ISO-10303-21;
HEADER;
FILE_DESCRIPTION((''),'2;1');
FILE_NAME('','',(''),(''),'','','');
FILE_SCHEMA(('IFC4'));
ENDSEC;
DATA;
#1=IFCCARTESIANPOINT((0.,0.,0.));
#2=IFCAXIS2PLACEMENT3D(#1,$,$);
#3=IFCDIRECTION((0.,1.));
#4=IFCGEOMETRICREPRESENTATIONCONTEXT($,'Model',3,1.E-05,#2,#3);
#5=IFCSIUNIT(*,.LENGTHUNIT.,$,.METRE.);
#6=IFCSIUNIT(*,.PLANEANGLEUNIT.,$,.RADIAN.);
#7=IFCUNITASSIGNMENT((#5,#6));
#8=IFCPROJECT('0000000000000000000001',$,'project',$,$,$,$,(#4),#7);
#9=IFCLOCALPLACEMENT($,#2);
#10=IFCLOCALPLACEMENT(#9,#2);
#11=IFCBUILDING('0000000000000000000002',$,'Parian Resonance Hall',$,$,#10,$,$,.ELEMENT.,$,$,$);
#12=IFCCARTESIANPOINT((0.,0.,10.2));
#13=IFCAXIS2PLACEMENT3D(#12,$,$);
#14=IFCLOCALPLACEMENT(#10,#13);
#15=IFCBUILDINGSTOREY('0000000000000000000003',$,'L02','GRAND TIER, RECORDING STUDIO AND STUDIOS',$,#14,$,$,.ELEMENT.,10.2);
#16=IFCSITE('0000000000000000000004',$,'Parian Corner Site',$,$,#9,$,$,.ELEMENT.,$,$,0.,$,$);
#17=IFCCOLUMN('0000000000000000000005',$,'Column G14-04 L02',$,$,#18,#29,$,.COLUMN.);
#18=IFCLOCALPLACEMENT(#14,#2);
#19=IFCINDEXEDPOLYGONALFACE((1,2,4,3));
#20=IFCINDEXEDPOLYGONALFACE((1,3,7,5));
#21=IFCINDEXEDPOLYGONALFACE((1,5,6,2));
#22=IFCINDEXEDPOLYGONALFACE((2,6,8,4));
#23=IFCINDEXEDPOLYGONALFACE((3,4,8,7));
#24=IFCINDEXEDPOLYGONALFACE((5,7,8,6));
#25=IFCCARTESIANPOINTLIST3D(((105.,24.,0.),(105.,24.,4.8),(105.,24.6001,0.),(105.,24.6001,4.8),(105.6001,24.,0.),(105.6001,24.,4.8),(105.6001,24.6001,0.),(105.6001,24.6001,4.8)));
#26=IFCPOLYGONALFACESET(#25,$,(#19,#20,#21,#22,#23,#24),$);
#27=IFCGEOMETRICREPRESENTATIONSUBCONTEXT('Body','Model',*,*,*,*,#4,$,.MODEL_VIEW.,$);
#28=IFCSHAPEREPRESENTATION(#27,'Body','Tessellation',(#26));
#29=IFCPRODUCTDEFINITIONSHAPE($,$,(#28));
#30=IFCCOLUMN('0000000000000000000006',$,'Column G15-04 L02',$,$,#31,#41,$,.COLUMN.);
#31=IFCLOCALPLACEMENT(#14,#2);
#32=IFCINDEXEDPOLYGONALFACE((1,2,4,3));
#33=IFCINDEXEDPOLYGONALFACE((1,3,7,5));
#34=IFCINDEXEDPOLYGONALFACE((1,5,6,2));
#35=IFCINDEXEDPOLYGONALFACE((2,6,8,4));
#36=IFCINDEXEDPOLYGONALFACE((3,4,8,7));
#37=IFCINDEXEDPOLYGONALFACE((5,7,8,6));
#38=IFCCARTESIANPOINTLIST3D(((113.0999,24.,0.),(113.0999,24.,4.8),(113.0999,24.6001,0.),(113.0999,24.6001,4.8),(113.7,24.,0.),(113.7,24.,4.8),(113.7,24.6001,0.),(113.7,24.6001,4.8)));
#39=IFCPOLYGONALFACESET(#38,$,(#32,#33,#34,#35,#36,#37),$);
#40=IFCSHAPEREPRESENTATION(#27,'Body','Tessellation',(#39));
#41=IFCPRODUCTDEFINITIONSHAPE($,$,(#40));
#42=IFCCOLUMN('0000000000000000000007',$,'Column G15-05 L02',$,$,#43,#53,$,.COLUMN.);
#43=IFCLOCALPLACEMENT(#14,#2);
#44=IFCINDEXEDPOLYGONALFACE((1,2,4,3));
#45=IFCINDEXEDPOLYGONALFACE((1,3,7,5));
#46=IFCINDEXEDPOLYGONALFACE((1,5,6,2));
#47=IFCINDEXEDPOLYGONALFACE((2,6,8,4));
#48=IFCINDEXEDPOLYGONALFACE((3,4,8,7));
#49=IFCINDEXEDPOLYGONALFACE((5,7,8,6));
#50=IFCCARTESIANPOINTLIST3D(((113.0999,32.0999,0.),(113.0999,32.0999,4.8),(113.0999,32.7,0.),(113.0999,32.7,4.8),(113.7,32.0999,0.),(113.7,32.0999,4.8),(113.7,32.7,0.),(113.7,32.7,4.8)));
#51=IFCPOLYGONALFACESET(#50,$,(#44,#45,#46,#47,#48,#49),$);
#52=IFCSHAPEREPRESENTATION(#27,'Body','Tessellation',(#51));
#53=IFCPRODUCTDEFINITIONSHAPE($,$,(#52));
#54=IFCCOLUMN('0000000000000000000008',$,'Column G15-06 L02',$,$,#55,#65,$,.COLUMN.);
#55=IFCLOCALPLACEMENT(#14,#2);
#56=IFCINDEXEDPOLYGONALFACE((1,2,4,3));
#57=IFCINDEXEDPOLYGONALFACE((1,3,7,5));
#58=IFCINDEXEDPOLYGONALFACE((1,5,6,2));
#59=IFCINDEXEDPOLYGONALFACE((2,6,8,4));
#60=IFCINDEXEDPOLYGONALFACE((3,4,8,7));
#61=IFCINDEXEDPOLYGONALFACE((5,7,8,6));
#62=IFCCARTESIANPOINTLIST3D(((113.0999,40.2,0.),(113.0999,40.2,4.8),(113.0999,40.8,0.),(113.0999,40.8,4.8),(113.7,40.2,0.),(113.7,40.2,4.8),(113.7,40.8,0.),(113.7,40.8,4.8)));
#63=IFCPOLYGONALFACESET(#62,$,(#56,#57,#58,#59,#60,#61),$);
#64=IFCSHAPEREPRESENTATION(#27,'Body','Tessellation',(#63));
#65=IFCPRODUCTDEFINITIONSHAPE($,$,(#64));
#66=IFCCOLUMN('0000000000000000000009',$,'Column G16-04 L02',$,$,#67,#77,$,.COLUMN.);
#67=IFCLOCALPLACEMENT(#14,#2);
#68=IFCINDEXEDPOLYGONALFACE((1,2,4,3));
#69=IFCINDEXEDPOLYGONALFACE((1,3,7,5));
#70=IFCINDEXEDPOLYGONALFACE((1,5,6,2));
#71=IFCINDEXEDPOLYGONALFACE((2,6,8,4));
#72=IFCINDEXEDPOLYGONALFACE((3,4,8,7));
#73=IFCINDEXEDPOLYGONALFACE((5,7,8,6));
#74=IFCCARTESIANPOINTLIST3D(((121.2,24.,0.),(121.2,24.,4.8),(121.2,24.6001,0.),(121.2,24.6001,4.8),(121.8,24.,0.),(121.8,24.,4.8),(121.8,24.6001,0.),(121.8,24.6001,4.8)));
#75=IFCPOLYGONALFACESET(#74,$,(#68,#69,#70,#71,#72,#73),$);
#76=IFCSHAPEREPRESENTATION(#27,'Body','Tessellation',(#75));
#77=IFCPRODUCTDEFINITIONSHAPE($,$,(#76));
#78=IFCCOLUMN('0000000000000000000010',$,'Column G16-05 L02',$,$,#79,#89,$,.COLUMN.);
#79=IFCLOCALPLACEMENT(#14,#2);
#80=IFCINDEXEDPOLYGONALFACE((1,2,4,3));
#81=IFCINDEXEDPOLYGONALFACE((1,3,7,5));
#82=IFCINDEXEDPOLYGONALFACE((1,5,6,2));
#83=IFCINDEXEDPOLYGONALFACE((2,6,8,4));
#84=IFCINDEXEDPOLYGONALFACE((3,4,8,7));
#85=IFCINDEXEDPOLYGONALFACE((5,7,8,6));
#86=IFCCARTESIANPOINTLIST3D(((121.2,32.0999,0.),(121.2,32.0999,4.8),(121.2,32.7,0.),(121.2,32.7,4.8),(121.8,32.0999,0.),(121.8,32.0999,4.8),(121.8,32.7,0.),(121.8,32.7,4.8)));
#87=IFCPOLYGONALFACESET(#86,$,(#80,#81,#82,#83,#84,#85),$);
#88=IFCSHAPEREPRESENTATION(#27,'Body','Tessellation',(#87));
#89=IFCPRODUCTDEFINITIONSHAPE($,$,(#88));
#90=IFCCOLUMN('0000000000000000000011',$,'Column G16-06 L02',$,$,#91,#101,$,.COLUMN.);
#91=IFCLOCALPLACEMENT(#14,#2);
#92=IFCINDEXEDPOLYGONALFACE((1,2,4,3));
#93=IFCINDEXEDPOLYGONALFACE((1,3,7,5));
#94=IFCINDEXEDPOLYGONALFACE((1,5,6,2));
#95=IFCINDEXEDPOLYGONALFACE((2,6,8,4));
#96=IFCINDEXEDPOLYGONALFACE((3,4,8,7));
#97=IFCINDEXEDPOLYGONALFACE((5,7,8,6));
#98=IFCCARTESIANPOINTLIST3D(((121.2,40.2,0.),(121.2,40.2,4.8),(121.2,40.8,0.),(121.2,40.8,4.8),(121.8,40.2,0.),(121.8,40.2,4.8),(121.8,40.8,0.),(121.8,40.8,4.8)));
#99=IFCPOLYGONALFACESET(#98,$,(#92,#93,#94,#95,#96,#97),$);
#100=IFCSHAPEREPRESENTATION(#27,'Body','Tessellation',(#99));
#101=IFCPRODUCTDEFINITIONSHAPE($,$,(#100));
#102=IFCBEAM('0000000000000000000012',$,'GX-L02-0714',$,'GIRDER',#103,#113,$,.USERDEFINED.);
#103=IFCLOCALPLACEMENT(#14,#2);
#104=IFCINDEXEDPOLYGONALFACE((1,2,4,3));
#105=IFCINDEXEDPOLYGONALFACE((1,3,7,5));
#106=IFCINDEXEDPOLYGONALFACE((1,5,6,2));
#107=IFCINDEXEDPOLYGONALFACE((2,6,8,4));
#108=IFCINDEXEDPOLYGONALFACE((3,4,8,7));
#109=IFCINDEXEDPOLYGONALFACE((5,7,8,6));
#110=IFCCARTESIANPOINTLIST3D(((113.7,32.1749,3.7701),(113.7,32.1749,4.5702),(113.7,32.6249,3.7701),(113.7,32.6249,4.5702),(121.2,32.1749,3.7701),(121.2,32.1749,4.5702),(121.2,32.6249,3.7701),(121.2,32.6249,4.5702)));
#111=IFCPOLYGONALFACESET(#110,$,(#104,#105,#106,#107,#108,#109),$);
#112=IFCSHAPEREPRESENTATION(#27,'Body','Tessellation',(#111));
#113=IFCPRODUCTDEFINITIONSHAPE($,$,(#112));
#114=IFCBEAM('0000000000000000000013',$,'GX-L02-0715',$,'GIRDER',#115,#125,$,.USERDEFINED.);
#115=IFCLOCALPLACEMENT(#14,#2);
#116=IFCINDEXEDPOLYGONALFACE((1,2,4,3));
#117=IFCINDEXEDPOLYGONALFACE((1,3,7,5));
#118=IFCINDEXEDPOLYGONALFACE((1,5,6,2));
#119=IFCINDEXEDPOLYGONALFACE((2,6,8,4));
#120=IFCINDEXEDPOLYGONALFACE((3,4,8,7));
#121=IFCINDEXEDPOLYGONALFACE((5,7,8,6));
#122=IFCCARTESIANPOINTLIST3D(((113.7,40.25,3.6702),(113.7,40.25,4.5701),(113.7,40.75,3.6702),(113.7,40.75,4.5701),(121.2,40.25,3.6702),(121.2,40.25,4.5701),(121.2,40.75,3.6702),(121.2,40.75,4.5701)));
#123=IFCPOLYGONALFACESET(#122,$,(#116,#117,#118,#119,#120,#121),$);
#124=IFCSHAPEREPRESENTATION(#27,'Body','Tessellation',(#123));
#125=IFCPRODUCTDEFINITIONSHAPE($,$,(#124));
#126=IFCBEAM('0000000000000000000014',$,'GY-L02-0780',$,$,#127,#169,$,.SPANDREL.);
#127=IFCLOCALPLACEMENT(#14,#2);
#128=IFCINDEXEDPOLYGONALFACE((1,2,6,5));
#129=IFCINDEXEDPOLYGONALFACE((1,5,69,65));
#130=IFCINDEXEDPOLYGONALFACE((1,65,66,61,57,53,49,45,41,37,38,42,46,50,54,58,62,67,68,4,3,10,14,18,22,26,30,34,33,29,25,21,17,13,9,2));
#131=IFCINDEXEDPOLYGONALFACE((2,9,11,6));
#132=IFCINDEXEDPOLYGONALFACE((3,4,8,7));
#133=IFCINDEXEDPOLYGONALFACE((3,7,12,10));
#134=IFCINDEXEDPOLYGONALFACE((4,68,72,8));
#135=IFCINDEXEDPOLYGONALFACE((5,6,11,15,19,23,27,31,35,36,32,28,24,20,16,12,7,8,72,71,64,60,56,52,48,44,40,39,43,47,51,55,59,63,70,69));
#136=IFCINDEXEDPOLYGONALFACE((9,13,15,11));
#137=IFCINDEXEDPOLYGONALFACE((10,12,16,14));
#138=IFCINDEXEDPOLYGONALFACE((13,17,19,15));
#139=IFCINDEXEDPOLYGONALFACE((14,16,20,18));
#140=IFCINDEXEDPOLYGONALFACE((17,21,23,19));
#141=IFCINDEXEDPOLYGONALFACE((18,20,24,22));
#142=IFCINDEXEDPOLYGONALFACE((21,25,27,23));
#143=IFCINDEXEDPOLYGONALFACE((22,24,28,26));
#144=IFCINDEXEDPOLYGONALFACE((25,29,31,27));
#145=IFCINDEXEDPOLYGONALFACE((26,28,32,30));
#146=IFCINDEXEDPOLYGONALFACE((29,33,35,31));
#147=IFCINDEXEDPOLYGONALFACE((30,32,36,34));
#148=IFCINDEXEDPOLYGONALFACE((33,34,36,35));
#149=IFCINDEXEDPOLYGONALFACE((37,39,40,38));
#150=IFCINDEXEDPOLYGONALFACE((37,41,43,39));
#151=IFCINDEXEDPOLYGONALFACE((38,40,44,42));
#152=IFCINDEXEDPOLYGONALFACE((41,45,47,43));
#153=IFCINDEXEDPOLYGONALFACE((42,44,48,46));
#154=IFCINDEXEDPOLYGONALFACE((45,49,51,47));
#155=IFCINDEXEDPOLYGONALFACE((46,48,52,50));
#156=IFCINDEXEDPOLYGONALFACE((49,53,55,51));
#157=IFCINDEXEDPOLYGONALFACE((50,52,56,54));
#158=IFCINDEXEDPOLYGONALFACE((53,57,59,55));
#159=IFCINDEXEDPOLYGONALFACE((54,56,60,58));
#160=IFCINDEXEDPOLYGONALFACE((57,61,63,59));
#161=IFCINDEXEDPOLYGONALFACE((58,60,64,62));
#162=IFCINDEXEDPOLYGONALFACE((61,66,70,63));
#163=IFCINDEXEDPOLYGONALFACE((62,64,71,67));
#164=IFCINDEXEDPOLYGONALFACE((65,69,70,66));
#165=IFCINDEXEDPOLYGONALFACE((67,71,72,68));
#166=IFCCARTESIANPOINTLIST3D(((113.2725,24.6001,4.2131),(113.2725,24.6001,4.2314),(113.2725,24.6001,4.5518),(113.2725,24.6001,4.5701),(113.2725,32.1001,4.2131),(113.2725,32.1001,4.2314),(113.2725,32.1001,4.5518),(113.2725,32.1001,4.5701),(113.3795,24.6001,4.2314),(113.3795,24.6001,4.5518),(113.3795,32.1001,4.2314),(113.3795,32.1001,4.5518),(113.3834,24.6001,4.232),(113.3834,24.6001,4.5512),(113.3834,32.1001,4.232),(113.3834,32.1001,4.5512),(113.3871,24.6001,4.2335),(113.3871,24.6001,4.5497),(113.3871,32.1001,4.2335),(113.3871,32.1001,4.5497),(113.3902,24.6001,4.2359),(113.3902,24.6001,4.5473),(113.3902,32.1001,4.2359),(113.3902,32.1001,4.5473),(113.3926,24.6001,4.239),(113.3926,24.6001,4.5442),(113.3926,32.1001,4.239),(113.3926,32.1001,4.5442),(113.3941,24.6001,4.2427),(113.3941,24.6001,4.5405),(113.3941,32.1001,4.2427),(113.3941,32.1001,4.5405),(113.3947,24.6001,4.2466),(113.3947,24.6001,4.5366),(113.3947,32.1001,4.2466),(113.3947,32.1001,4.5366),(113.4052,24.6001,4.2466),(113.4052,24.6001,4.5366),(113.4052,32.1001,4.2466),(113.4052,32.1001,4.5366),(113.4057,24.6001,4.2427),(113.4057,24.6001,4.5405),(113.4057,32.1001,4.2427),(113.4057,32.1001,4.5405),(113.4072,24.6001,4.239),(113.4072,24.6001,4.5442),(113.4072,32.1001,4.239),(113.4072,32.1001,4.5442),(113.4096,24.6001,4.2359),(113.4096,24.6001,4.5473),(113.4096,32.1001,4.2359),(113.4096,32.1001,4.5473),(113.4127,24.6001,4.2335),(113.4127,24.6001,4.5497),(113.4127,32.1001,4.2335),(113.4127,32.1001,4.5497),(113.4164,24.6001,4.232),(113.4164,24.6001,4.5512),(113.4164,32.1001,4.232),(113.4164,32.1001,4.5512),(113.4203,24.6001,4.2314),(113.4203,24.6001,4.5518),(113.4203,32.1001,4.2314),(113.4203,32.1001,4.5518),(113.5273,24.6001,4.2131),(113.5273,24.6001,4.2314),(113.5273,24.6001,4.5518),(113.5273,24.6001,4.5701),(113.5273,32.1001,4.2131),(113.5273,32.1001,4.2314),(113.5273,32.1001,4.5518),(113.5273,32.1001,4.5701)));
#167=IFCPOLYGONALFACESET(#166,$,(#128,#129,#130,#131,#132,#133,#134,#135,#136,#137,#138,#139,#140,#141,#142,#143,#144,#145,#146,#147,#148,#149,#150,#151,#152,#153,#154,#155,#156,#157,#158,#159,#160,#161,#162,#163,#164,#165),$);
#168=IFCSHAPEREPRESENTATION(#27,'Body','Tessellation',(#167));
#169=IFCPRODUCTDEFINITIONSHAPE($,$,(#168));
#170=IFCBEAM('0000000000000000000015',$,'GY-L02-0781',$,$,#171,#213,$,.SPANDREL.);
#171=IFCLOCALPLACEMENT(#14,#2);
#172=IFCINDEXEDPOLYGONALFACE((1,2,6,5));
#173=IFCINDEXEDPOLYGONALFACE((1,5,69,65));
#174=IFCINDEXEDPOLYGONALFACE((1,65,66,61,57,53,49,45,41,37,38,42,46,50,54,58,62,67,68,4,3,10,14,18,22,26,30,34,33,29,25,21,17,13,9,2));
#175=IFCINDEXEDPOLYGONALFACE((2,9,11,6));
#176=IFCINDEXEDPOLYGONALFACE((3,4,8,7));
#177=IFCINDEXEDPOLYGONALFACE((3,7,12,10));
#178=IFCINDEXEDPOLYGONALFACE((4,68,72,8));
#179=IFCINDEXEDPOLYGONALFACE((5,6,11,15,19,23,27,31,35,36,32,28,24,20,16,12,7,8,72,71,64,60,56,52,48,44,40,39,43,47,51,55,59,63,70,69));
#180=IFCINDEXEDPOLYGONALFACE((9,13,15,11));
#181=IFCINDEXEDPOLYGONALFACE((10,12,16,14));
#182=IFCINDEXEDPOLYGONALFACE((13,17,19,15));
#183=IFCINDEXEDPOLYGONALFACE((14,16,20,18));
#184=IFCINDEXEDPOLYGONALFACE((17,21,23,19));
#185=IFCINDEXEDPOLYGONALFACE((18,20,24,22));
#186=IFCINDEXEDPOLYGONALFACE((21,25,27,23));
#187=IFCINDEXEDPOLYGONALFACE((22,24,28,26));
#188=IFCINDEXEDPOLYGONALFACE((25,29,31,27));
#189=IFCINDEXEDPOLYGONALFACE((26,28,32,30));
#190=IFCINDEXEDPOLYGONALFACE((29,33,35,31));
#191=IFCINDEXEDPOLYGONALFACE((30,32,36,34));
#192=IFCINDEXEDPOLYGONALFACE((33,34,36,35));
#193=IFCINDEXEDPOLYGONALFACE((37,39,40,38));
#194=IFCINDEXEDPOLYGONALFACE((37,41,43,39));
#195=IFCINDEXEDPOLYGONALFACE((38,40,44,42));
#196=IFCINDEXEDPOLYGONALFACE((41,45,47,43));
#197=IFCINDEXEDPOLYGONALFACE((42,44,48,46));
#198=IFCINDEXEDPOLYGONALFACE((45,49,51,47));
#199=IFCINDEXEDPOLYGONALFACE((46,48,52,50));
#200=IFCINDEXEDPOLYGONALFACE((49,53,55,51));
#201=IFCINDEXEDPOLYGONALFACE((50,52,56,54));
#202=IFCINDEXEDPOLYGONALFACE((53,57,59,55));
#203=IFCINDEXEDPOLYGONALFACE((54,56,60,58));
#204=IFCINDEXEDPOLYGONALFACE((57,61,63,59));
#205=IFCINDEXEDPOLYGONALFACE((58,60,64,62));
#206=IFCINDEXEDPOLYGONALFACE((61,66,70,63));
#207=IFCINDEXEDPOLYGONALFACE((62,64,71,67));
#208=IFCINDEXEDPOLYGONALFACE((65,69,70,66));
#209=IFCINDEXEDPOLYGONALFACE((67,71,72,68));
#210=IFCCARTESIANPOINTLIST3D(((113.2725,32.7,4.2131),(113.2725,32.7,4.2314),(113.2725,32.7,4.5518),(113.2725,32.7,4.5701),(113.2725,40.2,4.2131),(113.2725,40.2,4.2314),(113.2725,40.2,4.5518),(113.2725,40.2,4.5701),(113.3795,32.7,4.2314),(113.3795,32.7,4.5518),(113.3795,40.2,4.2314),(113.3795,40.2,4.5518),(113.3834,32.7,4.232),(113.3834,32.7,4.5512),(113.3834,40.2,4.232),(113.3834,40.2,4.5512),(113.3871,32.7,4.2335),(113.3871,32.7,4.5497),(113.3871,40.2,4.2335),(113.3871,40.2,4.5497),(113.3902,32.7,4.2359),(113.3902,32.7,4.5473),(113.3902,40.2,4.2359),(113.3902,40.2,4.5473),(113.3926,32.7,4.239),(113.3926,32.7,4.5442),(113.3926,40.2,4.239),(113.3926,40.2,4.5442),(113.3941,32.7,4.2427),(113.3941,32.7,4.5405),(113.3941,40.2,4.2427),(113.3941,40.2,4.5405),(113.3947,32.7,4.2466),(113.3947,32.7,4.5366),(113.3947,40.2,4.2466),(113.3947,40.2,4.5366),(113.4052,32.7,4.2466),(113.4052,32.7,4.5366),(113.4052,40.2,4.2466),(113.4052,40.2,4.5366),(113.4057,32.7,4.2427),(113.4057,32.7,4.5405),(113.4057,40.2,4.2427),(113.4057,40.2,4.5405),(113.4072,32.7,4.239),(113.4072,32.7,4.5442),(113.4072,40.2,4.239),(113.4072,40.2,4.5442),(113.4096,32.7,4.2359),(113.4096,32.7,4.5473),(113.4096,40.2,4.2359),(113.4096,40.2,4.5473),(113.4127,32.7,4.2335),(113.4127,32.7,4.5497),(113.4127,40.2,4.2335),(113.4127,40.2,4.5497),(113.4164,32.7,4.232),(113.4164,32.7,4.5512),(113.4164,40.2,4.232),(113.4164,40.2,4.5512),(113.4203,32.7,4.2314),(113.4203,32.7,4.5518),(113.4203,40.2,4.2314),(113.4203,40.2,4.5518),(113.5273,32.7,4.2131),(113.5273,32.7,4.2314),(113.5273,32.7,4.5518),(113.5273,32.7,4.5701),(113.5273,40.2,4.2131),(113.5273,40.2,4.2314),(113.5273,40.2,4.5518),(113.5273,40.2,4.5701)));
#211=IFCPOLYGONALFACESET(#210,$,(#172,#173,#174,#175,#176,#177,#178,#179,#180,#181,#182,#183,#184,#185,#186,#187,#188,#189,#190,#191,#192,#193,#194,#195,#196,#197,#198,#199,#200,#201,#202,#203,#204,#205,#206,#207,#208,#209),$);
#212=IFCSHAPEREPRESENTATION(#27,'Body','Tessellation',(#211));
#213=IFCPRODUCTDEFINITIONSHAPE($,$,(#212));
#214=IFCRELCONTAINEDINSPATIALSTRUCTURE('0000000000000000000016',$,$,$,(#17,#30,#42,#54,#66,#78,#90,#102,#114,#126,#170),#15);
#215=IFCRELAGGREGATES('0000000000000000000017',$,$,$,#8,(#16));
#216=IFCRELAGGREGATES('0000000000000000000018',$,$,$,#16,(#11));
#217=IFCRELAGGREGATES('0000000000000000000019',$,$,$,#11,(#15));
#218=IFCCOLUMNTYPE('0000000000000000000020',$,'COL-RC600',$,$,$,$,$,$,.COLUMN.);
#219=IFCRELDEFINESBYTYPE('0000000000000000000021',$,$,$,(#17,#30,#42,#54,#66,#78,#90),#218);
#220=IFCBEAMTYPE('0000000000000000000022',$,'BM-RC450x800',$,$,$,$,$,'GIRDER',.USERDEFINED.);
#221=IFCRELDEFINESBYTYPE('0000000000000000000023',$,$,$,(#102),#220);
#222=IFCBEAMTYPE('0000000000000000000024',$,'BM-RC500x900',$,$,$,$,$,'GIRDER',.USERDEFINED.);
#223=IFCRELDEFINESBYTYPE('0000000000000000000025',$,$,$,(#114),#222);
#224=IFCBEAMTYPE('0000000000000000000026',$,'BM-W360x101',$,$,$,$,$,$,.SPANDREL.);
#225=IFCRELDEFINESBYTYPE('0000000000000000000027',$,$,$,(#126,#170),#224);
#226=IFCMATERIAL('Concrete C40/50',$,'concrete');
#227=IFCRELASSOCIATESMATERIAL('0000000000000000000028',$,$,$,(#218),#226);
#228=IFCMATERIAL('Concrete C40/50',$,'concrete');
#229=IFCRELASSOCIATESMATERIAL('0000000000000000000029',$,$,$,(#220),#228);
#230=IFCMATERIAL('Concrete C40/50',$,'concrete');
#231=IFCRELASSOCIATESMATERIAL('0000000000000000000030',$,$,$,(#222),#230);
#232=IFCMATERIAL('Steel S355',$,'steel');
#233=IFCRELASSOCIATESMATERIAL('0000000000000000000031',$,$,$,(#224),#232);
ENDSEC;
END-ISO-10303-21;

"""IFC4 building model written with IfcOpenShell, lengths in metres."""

from ifc_helpers import new_model, si_unit, direction, frame, origin, origin_2d, place, context, subcontext, project, spatial, rectangle, i_section, extrude, material, material_profile, profile_set, type_object, element, save


model = new_model("IFC4")

# Units and contexts
model_context = context("Model", 3, precision=1e-05, world=origin(), true_north=direction((0.0, 1.0)))
body_context = subcontext(model_context, "Body", "Model", "MODEL_VIEW")
ifc_project = project(units=[si_unit("LENGTHUNIT", "METRE"), si_unit("PLANEANGLEUNIT", "RADIAN")], contexts=[model_context])

# Site, building, storey
site_placement = place(None, origin())
site = spatial("IfcSite", under=ifc_project, at=site_placement, Name="Parian Corner Site", CompositionType="ELEMENT", RefElevation=0.0)
building_placement = place(site_placement, origin())
building = spatial("IfcBuilding", under=site, at=building_placement, Name="Parian Resonance Hall", CompositionType="ELEMENT")
storey_placement = place(building_placement, frame((0.0, 0.0, 10.2)))
storey = spatial("IfcBuildingStorey", under=building, at=storey_placement, Name="L02", Description="GRAND TIER, RECORDING STUDIO AND STUDIOS", CompositionType="ELEMENT", Elevation=10.2)

# Columns
ifc_material_1 = material(Name="Concrete C40/50", Category="concrete")
ifc_material_profile_1 = material_profile(ifc_material_1, rectangle(XDim=0.6001, YDim=0.6001, at=origin_2d()), Name="RC-COL-600x600")
ifc_profile_set_1 = profile_set([ifc_material_profile_1], Name="Concrete C40/50")
column_type = type_object("IfcColumnType", Name="COL-RC600", PredefinedType="COLUMN", material=ifc_profile_set_1)
for number, where, z_axis, x_axis, name in (
    (1, (105.3, 24.3, 0.0), (0.0, 0.0, 1.0), (1.0, 0.0, 0.0), "Column G14-04 L02"),
    (2, (113.3999, 24.3, 0.0), (0.0, 0.0, 1.0), (1.0, 0.0, 0.0), "Column G15-04 L02"),
    (3, (113.3999, 32.3999, 0.0), (0.0, 0.0, 1.0), (1.0, 0.0, 0.0), "Column G15-05 L02"),
    (4, (113.3999, 40.5, 0.0), (0.0, 0.0, 1.0), (1.0, 0.0, 0.0), "Column G15-06 L02"),
    (5, (121.5, 24.3, 0.0), (0.0, 0.0, 1.0), (1.0, 0.0, 0.0), "Column G16-04 L02"),
    (6, (121.5, 32.3999, 0.0), (0.0, 0.0, 1.0), (1.0, 0.0, 0.0), "Column G16-05 L02"),
    (7, (121.5, 40.5, 0.0), (0.0, 0.0, 1.0), (1.0, 0.0, 0.0), "Column G16-06 L02"),
):
    element("IfcColumn", number, at=place(storey_placement, frame(where, z_axis=z_axis, x_axis=x_axis)), inside=storey, type_object=column_type, Name=name, PredefinedType="COLUMN", context=body_context, shape_type="SweptSolid", body=[
        extrude(rectangle(XDim=0.6001, YDim=0.6001, at=origin_2d()), origin(), (0.0, 0.0, 1.0), 4.8),
    ])

# Beams
ifc_material_2 = material(Name="Concrete C40/50", Category="concrete")
ifc_material_profile_2 = material_profile(ifc_material_2, rectangle(XDim=0.45, YDim=0.8, at=origin_2d()), Name="RC-BM-450x800")
ifc_profile_set_2 = profile_set([ifc_material_profile_2], Name="Concrete C40/50")
beam_type_1 = type_object("IfcBeamType", Name="BM-RC450x800", ElementType="GIRDER", PredefinedType="USERDEFINED", material=ifc_profile_set_2)
beam_1_placement = place(storey_placement, frame((113.7, 32.3999, 4.1702), z_axis=(1.0, 0.0, 0.0), x_axis=(0.0, 1.0, 0.0)))
element("IfcBeam", 8, at=beam_1_placement, inside=storey, type_object=beam_type_1, Name="GX-L02-0714", ObjectType="GIRDER", PredefinedType="USERDEFINED", context=body_context, shape_type="SweptSolid", body=[
    extrude(rectangle(XDim=0.45, YDim=0.8, at=origin_2d()), origin(), (0.0, 0.0, 1.0), 7.5),
])
ifc_material_3 = material(Name="Concrete C40/50", Category="concrete")
ifc_material_profile_3 = material_profile(ifc_material_3, rectangle(XDim=0.5, YDim=0.8999, at=origin_2d()), Name="RC-BM-500x900")
ifc_profile_set_3 = profile_set([ifc_material_profile_3], Name="Concrete C40/50")
beam_type_2 = type_object("IfcBeamType", Name="BM-RC500x900", ElementType="GIRDER", PredefinedType="USERDEFINED", material=ifc_profile_set_3)
beam_2_placement = place(storey_placement, frame((113.7, 40.5, 4.1201), z_axis=(1.0, 0.0, 0.0), x_axis=(0.0, 1.0, 0.0)))
element("IfcBeam", 9, at=beam_2_placement, inside=storey, type_object=beam_type_2, Name="GX-L02-0715", ObjectType="GIRDER", PredefinedType="USERDEFINED", context=body_context, shape_type="SweptSolid", body=[
    extrude(rectangle(XDim=0.5, YDim=0.8999, at=origin_2d()), origin(), (0.0, 0.0, 1.0), 7.5),
])
ifc_material_4 = material(Name="Steel S355", Category="steel")
ifc_material_profile_4 = material_profile(ifc_material_4, i_section(OverallWidth=0.2549, OverallDepth=0.3569, WebThickness=0.0105, FlangeThickness=0.0183, FilletRadius=0.0151, at=origin_2d()), Name="W360x101")
ifc_profile_set_4 = profile_set([ifc_material_profile_4], Name="Steel S355")
beam_type_3 = type_object("IfcBeamType", Name="BM-W360x101", PredefinedType="SPANDREL", material=ifc_profile_set_4)
for number, where, z_axis, x_axis, name in (
    (10, (113.3999, 24.6001, 4.3916), (0.0, 1.0, 0.0), (-1.0, 0.0, 0.0), "GY-L02-0780"),
    (11, (113.3999, 32.7, 4.3916), (0.0, 1.0, 0.0), (-1.0, 0.0, 0.0), "GY-L02-0781"),
):
    element("IfcBeam", number, at=place(storey_placement, frame(where, z_axis=z_axis, x_axis=x_axis)), inside=storey, type_object=beam_type_3, Name=name, PredefinedType="SPANDREL", context=body_context, shape_type="SweptSolid", body=[
        extrude(i_section(OverallWidth=0.2549, OverallDepth=0.3569, WebThickness=0.0105, FlangeThickness=0.0183, FilletRadius=0.0151, at=origin_2d()), origin(), (0.0, 0.0, 1.0), 7.5),
    ])

save(model, "model.ifc")
